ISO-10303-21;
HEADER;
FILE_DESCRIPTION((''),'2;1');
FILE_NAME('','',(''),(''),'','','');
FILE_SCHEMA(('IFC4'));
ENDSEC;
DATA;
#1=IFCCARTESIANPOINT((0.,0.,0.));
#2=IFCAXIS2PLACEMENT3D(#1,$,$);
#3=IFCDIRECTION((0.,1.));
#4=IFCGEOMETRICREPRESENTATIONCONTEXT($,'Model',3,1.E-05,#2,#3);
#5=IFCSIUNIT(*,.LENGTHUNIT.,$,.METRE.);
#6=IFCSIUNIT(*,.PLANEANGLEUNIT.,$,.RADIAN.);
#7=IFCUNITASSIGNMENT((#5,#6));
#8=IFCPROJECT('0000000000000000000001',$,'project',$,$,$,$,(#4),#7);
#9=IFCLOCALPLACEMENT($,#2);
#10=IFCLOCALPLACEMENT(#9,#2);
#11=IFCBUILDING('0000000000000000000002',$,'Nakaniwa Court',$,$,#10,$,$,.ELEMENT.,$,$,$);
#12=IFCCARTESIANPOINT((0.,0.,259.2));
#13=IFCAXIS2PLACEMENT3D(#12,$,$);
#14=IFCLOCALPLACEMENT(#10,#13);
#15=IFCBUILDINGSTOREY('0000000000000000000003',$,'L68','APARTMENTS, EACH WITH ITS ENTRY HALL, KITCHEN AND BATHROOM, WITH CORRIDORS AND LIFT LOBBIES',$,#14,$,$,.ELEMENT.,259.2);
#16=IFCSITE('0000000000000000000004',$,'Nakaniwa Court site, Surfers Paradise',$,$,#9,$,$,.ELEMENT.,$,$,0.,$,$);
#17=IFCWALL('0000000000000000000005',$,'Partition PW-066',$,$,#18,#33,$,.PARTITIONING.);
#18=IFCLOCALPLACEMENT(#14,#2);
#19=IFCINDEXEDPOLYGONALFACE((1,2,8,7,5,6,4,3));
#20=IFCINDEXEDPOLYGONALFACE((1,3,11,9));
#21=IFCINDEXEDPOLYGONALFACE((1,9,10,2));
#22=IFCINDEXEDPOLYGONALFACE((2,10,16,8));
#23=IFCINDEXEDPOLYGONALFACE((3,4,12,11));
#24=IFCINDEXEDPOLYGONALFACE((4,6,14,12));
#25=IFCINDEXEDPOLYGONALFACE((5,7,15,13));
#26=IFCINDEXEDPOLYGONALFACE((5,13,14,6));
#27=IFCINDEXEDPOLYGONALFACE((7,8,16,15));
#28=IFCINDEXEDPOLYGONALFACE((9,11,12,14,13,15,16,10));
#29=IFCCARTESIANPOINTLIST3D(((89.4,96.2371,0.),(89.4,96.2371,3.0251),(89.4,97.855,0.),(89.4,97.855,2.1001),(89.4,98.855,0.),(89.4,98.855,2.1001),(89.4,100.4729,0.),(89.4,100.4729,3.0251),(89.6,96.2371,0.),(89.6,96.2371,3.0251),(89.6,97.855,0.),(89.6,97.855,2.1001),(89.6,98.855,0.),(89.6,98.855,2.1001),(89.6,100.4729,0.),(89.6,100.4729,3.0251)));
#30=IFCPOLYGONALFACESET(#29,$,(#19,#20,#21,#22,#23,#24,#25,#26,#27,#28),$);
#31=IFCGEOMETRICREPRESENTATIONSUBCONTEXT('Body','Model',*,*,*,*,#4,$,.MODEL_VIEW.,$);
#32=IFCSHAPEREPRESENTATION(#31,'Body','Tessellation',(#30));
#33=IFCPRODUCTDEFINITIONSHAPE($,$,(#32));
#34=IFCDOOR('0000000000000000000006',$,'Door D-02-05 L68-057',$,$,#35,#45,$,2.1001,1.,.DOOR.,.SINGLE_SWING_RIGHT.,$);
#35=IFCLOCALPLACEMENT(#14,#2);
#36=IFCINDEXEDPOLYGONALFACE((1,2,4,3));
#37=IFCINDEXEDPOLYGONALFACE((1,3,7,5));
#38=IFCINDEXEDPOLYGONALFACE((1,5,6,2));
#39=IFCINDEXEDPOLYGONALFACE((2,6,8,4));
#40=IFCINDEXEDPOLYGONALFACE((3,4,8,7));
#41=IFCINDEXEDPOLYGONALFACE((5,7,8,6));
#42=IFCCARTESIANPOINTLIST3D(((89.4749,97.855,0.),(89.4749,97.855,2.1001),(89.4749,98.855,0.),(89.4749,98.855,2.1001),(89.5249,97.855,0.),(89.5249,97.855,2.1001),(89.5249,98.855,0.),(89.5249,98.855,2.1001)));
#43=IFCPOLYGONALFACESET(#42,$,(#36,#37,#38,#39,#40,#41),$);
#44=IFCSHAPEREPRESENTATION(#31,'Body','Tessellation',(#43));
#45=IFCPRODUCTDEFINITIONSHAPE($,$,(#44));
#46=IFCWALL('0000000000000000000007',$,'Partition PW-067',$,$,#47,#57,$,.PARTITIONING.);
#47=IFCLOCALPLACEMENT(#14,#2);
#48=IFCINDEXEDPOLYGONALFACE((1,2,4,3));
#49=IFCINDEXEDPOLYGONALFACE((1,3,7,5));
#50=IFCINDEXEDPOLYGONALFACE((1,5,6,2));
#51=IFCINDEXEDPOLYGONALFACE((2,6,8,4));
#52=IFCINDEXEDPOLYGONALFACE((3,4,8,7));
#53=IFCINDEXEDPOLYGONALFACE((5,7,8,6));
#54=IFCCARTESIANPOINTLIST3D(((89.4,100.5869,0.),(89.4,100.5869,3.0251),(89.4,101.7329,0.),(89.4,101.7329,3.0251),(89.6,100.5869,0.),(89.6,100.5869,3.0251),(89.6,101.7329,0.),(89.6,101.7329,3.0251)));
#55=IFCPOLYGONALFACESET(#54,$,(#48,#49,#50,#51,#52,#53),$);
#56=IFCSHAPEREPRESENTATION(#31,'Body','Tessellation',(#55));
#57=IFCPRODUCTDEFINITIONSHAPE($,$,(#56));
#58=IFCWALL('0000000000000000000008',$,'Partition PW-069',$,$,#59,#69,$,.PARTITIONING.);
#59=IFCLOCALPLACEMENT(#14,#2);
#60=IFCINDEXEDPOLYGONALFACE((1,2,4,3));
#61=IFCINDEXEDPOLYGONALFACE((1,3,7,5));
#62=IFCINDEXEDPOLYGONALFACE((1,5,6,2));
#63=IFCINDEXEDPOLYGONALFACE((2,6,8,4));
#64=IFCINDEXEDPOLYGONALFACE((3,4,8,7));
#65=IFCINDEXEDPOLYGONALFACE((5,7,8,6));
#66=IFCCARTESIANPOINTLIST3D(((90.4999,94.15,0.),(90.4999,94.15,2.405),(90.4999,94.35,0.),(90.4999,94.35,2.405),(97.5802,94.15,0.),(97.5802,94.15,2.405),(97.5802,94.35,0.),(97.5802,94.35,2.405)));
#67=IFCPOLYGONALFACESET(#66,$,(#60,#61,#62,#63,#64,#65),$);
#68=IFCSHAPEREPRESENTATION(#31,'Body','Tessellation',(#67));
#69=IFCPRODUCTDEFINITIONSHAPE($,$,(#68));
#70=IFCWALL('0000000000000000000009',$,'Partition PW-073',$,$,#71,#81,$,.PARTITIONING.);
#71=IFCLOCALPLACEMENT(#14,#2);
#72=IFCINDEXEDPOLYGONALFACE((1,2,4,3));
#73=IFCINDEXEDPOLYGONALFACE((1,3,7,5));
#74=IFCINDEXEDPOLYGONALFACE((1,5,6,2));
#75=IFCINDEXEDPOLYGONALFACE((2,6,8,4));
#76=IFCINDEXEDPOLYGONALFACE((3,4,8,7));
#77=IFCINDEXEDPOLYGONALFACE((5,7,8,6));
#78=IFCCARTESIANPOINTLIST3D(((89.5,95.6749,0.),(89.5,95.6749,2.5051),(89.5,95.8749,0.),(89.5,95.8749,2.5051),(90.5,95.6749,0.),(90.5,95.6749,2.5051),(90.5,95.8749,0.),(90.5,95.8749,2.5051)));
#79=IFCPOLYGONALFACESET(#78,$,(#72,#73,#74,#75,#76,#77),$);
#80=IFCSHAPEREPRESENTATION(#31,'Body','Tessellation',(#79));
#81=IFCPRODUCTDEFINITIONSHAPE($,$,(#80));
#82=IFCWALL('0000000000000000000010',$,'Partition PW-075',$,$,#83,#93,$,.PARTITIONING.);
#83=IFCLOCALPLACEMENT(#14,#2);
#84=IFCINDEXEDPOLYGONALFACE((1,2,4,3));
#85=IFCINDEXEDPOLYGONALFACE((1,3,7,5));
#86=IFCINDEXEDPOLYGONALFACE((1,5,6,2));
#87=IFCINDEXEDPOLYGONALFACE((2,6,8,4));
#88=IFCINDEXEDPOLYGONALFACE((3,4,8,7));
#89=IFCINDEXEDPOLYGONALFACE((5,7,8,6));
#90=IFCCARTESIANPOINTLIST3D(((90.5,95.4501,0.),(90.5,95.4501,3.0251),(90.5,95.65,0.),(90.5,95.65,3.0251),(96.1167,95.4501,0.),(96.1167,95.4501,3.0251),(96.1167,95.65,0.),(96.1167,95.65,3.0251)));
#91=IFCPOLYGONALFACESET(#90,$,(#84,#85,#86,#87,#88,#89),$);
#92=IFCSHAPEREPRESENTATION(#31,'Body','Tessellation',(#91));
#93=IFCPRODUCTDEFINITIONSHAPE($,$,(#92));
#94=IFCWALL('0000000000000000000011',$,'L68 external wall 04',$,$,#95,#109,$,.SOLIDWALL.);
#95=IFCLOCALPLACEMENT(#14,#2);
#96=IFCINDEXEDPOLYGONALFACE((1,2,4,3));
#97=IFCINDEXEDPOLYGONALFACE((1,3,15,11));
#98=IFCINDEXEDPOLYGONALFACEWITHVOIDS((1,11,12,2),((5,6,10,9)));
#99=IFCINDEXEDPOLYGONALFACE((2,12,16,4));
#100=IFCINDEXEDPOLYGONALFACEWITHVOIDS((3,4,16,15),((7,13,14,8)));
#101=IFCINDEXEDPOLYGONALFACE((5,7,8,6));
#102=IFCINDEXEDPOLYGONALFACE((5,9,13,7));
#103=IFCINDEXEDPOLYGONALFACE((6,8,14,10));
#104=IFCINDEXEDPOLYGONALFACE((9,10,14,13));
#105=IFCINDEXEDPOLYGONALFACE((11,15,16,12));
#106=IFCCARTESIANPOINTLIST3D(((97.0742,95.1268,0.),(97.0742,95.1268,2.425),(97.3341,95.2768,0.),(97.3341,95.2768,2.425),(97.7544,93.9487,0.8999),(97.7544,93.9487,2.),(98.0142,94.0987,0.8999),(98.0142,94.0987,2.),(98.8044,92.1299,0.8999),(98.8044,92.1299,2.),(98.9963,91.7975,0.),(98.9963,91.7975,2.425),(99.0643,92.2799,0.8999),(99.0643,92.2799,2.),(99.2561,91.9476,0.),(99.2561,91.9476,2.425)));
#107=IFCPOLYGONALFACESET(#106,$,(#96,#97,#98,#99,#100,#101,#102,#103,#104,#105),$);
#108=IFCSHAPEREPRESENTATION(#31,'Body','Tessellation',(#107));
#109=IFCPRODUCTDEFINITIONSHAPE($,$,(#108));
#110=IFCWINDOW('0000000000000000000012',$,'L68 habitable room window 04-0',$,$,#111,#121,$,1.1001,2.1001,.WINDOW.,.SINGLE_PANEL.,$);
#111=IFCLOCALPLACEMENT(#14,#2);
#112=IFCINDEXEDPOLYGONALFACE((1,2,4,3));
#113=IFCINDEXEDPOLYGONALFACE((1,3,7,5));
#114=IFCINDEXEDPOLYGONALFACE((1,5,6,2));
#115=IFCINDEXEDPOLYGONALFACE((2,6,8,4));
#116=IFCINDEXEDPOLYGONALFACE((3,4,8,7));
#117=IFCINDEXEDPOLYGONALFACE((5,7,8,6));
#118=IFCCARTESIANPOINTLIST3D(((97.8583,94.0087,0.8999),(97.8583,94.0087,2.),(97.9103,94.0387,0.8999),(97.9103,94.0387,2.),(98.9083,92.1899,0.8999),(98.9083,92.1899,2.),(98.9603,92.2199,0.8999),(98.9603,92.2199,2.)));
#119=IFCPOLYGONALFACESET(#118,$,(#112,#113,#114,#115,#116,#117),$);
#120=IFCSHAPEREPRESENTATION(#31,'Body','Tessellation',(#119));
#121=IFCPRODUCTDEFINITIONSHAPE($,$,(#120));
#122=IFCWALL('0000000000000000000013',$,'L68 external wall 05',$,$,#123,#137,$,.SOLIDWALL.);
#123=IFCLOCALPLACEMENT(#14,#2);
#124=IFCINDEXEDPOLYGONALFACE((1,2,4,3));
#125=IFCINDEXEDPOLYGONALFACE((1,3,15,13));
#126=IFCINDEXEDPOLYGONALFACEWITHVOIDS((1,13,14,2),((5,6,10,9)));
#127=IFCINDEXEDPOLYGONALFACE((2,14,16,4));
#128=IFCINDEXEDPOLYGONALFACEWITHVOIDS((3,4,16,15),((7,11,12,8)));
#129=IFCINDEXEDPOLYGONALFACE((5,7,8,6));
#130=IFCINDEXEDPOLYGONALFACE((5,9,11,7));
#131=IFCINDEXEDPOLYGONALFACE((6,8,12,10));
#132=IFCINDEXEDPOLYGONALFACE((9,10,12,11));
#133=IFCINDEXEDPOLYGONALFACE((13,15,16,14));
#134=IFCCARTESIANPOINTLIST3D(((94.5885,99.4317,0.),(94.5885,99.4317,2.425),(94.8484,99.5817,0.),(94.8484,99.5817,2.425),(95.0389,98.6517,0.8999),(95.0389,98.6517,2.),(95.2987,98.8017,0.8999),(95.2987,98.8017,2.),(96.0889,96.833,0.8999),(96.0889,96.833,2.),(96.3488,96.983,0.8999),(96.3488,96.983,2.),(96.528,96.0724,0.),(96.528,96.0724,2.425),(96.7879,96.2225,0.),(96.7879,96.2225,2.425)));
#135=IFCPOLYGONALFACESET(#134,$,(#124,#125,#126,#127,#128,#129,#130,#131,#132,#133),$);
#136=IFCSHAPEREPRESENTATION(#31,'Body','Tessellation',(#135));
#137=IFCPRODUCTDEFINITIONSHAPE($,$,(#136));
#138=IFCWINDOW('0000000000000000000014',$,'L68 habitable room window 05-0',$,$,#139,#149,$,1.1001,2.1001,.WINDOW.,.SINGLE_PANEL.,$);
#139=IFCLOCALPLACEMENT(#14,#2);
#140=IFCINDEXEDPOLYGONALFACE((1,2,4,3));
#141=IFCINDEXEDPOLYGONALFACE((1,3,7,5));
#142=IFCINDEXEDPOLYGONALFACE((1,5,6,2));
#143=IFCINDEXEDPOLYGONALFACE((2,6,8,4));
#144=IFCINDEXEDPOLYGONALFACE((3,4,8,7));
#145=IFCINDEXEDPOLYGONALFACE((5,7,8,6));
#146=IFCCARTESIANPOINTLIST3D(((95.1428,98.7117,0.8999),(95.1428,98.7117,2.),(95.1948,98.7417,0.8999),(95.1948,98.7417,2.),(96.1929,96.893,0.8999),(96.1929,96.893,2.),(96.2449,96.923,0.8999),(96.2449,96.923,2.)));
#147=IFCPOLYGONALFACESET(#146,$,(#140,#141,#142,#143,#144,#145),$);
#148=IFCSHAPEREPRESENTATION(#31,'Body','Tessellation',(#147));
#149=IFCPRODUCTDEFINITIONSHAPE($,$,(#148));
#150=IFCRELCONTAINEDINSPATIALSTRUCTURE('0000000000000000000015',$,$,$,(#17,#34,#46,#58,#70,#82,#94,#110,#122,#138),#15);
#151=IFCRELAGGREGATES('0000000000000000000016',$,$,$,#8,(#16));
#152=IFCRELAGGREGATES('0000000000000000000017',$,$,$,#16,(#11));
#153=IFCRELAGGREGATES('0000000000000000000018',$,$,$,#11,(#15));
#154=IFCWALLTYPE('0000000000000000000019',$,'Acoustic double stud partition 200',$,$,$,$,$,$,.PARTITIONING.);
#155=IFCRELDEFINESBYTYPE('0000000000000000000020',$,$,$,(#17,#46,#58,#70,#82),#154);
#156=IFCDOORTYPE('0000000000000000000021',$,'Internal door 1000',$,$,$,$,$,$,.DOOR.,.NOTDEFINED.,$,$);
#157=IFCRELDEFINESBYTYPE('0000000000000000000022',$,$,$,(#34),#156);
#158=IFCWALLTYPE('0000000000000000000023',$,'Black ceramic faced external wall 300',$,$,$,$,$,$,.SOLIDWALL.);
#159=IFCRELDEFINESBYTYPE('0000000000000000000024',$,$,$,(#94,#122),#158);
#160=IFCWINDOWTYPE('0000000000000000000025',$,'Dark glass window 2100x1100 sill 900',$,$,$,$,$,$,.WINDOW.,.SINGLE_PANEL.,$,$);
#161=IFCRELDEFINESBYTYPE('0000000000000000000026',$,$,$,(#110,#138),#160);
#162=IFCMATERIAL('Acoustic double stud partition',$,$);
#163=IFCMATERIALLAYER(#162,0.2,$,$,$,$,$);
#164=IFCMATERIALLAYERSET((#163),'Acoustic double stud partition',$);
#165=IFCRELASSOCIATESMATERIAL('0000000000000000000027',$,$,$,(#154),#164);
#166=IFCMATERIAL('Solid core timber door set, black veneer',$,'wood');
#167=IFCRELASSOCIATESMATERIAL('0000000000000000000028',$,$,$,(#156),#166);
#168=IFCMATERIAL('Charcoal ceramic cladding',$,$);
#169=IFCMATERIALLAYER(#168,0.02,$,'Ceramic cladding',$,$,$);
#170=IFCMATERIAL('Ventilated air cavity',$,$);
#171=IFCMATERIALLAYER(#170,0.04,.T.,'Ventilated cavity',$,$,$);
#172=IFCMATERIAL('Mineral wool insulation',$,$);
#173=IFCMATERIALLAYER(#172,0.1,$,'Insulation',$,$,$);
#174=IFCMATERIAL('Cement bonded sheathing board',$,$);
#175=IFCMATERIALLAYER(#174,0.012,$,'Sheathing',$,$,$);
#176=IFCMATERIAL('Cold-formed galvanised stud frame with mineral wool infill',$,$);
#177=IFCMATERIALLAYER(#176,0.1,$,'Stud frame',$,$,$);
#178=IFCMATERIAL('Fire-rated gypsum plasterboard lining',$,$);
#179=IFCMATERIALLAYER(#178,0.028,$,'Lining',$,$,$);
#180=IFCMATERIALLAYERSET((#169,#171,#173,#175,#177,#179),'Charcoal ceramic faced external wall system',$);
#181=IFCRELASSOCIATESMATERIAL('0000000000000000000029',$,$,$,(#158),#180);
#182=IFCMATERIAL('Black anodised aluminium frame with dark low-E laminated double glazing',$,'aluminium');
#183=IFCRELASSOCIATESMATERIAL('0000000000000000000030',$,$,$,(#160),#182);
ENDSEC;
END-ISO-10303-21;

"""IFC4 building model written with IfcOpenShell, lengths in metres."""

from ifc_helpers import new_model, si_unit, direction, frame, frame_2d, origin, place, context, subcontext, project, spatial, rectangle, extrude, material, layer, layer_set, type_object, element, fill, save


model = new_model("IFC4")

# Units and contexts
model_context = context("Model", 3, precision=1e-05, world=origin(), true_north=direction((0.0, 1.0)))
body_context = subcontext(model_context, "Body", "Model", "MODEL_VIEW")
ifc_project = project(units=[si_unit("LENGTHUNIT", "METRE"), si_unit("PLANEANGLEUNIT", "RADIAN")], contexts=[model_context])

# Site, building, storey
site_placement = place(None, origin())
site = spatial("IfcSite", under=ifc_project, at=site_placement, Name="Nakaniwa Court site, Surfers Paradise", CompositionType="ELEMENT", RefElevation=0.0)
building_placement = place(site_placement, origin())
building = spatial("IfcBuilding", under=site, at=building_placement, Name="Nakaniwa Court", CompositionType="ELEMENT")
storey_placement = place(building_placement, frame((0.0, 0.0, 259.2)))
storey = spatial("IfcBuildingStorey", under=building, at=storey_placement, Name="L68", Description="APARTMENTS, EACH WITH ITS ENTRY HALL, KITCHEN AND BATHROOM, WITH CORRIDORS AND LIFT LOBBIES", CompositionType="ELEMENT", Elevation=259.2)

# Wall, opening, door
ifc_material_1 = material(Name="Acoustic double stud partition")
ifc_layer_1 = layer(ifc_material_1, 0.2)
ifc_layer_set_1 = layer_set([ifc_layer_1], Name="Acoustic double stud partition")
wall_type_1 = type_object("IfcWallType", Name="Acoustic double stud partition 200", PredefinedType="PARTITIONING", material=ifc_layer_set_1)
wall_1_placement = place(storey_placement, frame((89.5, 100.4729, 0.0), z_axis=(0.0, 0.0, 1.0), x_axis=(0.0, -1.0, 0.0)))
wall_1 = element("IfcWall", 1, at=wall_1_placement, inside=storey, type_object=wall_type_1, Name="Partition PW-066", PredefinedType="PARTITIONING", context=body_context, shape_type="SweptSolid", body=[
    extrude(rectangle(XDim=4.2358, YDim=0.2, at=frame_2d((2.1179, 0.0))), origin(), (0.0, 0.0, 1.0), 3.0251),
])
opening_1_placement = place(wall_1_placement, frame((1.6179, 0.0, 0.0)))
opening_1 = element("IfcOpeningElement", 2, at=opening_1_placement, cuts=wall_1, PredefinedType="OPENING", context=body_context, shape_type="SweptSolid", body=[
    extrude(rectangle(XDim=1.0, YDim=2.1001, at=frame_2d((0.5, 1.05))), frame((0.0, 0.1099, 0.0), z_axis=(0.0, -1.0, 0.0), x_axis=(1.0, 0.0, 0.0)), (0.0, 0.0, 1.0), 0.22),
])
ifc_material_2 = material(Name="Solid core timber door set, black veneer", Category="wood")
door_type = type_object("IfcDoorType", Name="Internal door 1000", OperationType="NOTDEFINED", PredefinedType="DOOR", material=ifc_material_2)
door_placement = place(opening_1_placement, origin())
door = element("IfcDoor", 3, at=door_placement, inside=storey, type_object=door_type, Name="Door D-02-05 L68-057", OperationType="SINGLE_SWING_RIGHT", OverallHeight=2.1001, OverallWidth=1.0, PredefinedType="DOOR", context=body_context, shape_type="SweptSolid", body=[
    extrude(rectangle(XDim=1.0, YDim=2.1001, at=frame_2d((0.5, 1.05))), frame((0.0, 0.0249, 0.0), z_axis=(0.0, -1.0, 0.0), x_axis=(1.0, 0.0, 0.0)), (0.0, 0.0, 1.0), 0.05),
])
fill(opening_1, door)

# Walls
wall_2_placement = place(storey_placement, frame((89.5, 100.5869, 0.0), z_axis=(0.0, 0.0, 1.0), x_axis=(0.0, 1.0, 0.0)))
element("IfcWall", 4, at=wall_2_placement, inside=storey, type_object=wall_type_1, Name="Partition PW-067", PredefinedType="PARTITIONING", context=body_context, shape_type="SweptSolid", body=[
    extrude(rectangle(XDim=1.146, YDim=0.2, at=frame_2d((0.573, 0.0))), origin(), (0.0, 0.0, 1.0), 3.0251),
])
wall_3_placement = place(storey_placement, frame((90.5, 94.25, 0.0), z_axis=(0.0, 0.0, 1.0), x_axis=(1.0, 0.0, 0.0)))
element("IfcWall", 5, at=wall_3_placement, inside=storey, type_object=wall_type_1, Name="Partition PW-069", PredefinedType="PARTITIONING", context=body_context, shape_type="SweptSolid", body=[
    extrude(rectangle(XDim=7.0803, YDim=0.2, at=frame_2d((3.54, 0.0))), origin(), (0.0, 0.0, 1.0), 2.405),
])
wall_4_placement = place(storey_placement, frame((89.5, 95.7749, 0.0), z_axis=(0.0, 0.0, 1.0), x_axis=(1.0, 0.0, 0.0)))
element("IfcWall", 6, at=wall_4_placement, inside=storey, type_object=wall_type_1, Name="Partition PW-073", PredefinedType="PARTITIONING", context=body_context, shape_type="SweptSolid", body=[
    extrude(rectangle(XDim=1.0, YDim=0.2, at=frame_2d((0.5, 0.0))), origin(), (0.0, 0.0, 1.0), 2.5051),
])
wall_5_placement = place(storey_placement, frame((90.5, 95.55, 0.0), z_axis=(0.0, 0.0, 1.0), x_axis=(1.0, 0.0, 0.0)))
element("IfcWall", 7, at=wall_5_placement, inside=storey, type_object=wall_type_1, Name="Partition PW-075", PredefinedType="PARTITIONING", context=body_context, shape_type="SweptSolid", body=[
    extrude(rectangle(XDim=5.6167, YDim=0.2, at=frame_2d((2.8083, 0.0))), origin(), (0.0, 0.0, 1.0), 3.0251),
])

# Walls, openings, windows
ifc_material_3 = material(Name="Charcoal ceramic cladding")
ifc_layer_2 = layer(ifc_material_3, 0.02, Name="Ceramic cladding")
ifc_material_4 = material(Name="Ventilated air cavity")
ifc_layer_3 = layer(ifc_material_4, 0.04, ventilated=True, Name="Ventilated cavity")
ifc_material_5 = material(Name="Mineral wool insulation")
ifc_layer_4 = layer(ifc_material_5, 0.1, Name="Insulation")
ifc_material_6 = material(Name="Cement bonded sheathing board")
ifc_layer_5 = layer(ifc_material_6, 0.012, Name="Sheathing")
ifc_material_7 = material(Name="Cold-formed galvanised stud frame with mineral wool infill")
ifc_layer_6 = layer(ifc_material_7, 0.1, Name="Stud frame")
ifc_material_8 = material(Name="Fire-rated gypsum plasterboard lining")
ifc_layer_7 = layer(ifc_material_8, 0.028, Name="Lining")
ifc_layer_set_2 = layer_set([ifc_layer_2, ifc_layer_3, ifc_layer_4, ifc_layer_5, ifc_layer_6, ifc_layer_7], Name="Charcoal ceramic faced external wall system")
wall_type_2 = type_object("IfcWallType", Name="Black ceramic faced external wall 300", PredefinedType="SOLIDWALL", material=ifc_layer_set_2)
wall_6_placement = place(storey_placement, frame((99.1262, 91.8726, 0.0), z_axis=(0.0, 0.0, 1.0), x_axis=(-0.499984, 0.866034, 0.0)))
wall_6 = element("IfcWall", 8, at=wall_6_placement, inside=storey, type_object=wall_type_2, Name="L68 external wall 04", PredefinedType="SOLIDWALL", context=body_context, shape_type="SweptSolid", body=[
    extrude(rectangle(XDim=3.8442, YDim=0.3, at=frame_2d((1.9221, 0.0))), origin(), (0.0, 0.0, 1.0), 2.425),
])
opening_2_placement = place(wall_6_placement, frame((0.3838, 0.0, 0.8999)))
opening_2 = element("IfcOpeningElement", 9, at=opening_2_placement, cuts=wall_6, PredefinedType="OPENING", context=body_context, shape_type="SweptSolid", body=[
    extrude(rectangle(XDim=2.1001, YDim=1.1001, at=frame_2d((1.05, 0.55))), frame((0.0, 0.1599, 0.0), z_axis=(0.0, -1.0, 0.0), x_axis=(1.0, 0.0, 0.0)), (0.0, 0.0, 1.0), 0.3201),
])
ifc_material_9 = material(Name="Black anodised aluminium frame with dark low-E laminated double glazing", Category="aluminium")
window_type_1 = type_object("IfcWindowType", Name="Dark glass window 2100x1100 sill 900", PartitioningType="SINGLE_PANEL", PredefinedType="WINDOW", material=ifc_material_9)
window_1_placement = place(opening_2_placement, origin())
window_1 = element("IfcWindow", 10, at=window_1_placement, inside=storey, type_object=window_type_1, Name="L68 habitable room window 04-0", OverallHeight=1.1001, OverallWidth=2.1001, PartitioningType="SINGLE_PANEL", PredefinedType="WINDOW", context=body_context, shape_type="SweptSolid", body=[
    extrude(rectangle(XDim=2.1001, YDim=1.1001, at=frame_2d((1.05, 0.55))), frame((0.0, 0.03, 0.0), z_axis=(0.0, -1.0, 0.0), x_axis=(1.0, 0.0, 0.0)), (0.0, 0.0, 1.0), 0.0601),
])
fill(opening_2, window_1)
wall_7_placement = place(storey_placement, frame((96.658, 96.1475, 0.0), z_axis=(0.0, 0.0, 1.0), x_axis=(-0.500011, 0.866019, 0.0)))
wall_7 = element("IfcWall", 11, at=wall_7_placement, inside=storey, type_object=wall_type_2, Name="L68 external wall 05", PredefinedType="SOLIDWALL", context=body_context, shape_type="SweptSolid", body=[
    extrude(rectangle(XDim=3.8789, YDim=0.3, at=frame_2d((1.9395, 0.0))), origin(), (0.0, 0.0, 1.0), 2.425),
])
opening_3_placement = place(wall_7_placement, frame((0.8782, 0.0, 0.8999)))
opening_3 = element("IfcOpeningElement", 12, at=opening_3_placement, cuts=wall_7, PredefinedType="OPENING", context=body_context, shape_type="SweptSolid", body=[
    extrude(rectangle(XDim=2.1001, YDim=1.1001, at=frame_2d((1.05, 0.55))), frame((0.0, 0.1599, 0.0), z_axis=(0.0, -1.0, 0.0), x_axis=(1.0, 0.0, 0.0)), (0.0, 0.0, 1.0), 0.3201),
])
window_2_placement = place(opening_3_placement, origin())
window_2 = element("IfcWindow", 13, at=window_2_placement, inside=storey, type_object=window_type_1, Name="L68 habitable room window 05-0", OverallHeight=1.1001, OverallWidth=2.1001, PartitioningType="SINGLE_PANEL", PredefinedType="WINDOW", context=body_context, shape_type="SweptSolid", body=[
    extrude(rectangle(XDim=2.1001, YDim=1.1001, at=frame_2d((1.05, 0.55))), frame((0.0, 0.03, 0.0), z_axis=(0.0, -1.0, 0.0), x_axis=(1.0, 0.0, 0.0)), (0.0, 0.0, 1.0), 0.0601),
])
fill(opening_3, window_2)

save(model, "model.ifc")
